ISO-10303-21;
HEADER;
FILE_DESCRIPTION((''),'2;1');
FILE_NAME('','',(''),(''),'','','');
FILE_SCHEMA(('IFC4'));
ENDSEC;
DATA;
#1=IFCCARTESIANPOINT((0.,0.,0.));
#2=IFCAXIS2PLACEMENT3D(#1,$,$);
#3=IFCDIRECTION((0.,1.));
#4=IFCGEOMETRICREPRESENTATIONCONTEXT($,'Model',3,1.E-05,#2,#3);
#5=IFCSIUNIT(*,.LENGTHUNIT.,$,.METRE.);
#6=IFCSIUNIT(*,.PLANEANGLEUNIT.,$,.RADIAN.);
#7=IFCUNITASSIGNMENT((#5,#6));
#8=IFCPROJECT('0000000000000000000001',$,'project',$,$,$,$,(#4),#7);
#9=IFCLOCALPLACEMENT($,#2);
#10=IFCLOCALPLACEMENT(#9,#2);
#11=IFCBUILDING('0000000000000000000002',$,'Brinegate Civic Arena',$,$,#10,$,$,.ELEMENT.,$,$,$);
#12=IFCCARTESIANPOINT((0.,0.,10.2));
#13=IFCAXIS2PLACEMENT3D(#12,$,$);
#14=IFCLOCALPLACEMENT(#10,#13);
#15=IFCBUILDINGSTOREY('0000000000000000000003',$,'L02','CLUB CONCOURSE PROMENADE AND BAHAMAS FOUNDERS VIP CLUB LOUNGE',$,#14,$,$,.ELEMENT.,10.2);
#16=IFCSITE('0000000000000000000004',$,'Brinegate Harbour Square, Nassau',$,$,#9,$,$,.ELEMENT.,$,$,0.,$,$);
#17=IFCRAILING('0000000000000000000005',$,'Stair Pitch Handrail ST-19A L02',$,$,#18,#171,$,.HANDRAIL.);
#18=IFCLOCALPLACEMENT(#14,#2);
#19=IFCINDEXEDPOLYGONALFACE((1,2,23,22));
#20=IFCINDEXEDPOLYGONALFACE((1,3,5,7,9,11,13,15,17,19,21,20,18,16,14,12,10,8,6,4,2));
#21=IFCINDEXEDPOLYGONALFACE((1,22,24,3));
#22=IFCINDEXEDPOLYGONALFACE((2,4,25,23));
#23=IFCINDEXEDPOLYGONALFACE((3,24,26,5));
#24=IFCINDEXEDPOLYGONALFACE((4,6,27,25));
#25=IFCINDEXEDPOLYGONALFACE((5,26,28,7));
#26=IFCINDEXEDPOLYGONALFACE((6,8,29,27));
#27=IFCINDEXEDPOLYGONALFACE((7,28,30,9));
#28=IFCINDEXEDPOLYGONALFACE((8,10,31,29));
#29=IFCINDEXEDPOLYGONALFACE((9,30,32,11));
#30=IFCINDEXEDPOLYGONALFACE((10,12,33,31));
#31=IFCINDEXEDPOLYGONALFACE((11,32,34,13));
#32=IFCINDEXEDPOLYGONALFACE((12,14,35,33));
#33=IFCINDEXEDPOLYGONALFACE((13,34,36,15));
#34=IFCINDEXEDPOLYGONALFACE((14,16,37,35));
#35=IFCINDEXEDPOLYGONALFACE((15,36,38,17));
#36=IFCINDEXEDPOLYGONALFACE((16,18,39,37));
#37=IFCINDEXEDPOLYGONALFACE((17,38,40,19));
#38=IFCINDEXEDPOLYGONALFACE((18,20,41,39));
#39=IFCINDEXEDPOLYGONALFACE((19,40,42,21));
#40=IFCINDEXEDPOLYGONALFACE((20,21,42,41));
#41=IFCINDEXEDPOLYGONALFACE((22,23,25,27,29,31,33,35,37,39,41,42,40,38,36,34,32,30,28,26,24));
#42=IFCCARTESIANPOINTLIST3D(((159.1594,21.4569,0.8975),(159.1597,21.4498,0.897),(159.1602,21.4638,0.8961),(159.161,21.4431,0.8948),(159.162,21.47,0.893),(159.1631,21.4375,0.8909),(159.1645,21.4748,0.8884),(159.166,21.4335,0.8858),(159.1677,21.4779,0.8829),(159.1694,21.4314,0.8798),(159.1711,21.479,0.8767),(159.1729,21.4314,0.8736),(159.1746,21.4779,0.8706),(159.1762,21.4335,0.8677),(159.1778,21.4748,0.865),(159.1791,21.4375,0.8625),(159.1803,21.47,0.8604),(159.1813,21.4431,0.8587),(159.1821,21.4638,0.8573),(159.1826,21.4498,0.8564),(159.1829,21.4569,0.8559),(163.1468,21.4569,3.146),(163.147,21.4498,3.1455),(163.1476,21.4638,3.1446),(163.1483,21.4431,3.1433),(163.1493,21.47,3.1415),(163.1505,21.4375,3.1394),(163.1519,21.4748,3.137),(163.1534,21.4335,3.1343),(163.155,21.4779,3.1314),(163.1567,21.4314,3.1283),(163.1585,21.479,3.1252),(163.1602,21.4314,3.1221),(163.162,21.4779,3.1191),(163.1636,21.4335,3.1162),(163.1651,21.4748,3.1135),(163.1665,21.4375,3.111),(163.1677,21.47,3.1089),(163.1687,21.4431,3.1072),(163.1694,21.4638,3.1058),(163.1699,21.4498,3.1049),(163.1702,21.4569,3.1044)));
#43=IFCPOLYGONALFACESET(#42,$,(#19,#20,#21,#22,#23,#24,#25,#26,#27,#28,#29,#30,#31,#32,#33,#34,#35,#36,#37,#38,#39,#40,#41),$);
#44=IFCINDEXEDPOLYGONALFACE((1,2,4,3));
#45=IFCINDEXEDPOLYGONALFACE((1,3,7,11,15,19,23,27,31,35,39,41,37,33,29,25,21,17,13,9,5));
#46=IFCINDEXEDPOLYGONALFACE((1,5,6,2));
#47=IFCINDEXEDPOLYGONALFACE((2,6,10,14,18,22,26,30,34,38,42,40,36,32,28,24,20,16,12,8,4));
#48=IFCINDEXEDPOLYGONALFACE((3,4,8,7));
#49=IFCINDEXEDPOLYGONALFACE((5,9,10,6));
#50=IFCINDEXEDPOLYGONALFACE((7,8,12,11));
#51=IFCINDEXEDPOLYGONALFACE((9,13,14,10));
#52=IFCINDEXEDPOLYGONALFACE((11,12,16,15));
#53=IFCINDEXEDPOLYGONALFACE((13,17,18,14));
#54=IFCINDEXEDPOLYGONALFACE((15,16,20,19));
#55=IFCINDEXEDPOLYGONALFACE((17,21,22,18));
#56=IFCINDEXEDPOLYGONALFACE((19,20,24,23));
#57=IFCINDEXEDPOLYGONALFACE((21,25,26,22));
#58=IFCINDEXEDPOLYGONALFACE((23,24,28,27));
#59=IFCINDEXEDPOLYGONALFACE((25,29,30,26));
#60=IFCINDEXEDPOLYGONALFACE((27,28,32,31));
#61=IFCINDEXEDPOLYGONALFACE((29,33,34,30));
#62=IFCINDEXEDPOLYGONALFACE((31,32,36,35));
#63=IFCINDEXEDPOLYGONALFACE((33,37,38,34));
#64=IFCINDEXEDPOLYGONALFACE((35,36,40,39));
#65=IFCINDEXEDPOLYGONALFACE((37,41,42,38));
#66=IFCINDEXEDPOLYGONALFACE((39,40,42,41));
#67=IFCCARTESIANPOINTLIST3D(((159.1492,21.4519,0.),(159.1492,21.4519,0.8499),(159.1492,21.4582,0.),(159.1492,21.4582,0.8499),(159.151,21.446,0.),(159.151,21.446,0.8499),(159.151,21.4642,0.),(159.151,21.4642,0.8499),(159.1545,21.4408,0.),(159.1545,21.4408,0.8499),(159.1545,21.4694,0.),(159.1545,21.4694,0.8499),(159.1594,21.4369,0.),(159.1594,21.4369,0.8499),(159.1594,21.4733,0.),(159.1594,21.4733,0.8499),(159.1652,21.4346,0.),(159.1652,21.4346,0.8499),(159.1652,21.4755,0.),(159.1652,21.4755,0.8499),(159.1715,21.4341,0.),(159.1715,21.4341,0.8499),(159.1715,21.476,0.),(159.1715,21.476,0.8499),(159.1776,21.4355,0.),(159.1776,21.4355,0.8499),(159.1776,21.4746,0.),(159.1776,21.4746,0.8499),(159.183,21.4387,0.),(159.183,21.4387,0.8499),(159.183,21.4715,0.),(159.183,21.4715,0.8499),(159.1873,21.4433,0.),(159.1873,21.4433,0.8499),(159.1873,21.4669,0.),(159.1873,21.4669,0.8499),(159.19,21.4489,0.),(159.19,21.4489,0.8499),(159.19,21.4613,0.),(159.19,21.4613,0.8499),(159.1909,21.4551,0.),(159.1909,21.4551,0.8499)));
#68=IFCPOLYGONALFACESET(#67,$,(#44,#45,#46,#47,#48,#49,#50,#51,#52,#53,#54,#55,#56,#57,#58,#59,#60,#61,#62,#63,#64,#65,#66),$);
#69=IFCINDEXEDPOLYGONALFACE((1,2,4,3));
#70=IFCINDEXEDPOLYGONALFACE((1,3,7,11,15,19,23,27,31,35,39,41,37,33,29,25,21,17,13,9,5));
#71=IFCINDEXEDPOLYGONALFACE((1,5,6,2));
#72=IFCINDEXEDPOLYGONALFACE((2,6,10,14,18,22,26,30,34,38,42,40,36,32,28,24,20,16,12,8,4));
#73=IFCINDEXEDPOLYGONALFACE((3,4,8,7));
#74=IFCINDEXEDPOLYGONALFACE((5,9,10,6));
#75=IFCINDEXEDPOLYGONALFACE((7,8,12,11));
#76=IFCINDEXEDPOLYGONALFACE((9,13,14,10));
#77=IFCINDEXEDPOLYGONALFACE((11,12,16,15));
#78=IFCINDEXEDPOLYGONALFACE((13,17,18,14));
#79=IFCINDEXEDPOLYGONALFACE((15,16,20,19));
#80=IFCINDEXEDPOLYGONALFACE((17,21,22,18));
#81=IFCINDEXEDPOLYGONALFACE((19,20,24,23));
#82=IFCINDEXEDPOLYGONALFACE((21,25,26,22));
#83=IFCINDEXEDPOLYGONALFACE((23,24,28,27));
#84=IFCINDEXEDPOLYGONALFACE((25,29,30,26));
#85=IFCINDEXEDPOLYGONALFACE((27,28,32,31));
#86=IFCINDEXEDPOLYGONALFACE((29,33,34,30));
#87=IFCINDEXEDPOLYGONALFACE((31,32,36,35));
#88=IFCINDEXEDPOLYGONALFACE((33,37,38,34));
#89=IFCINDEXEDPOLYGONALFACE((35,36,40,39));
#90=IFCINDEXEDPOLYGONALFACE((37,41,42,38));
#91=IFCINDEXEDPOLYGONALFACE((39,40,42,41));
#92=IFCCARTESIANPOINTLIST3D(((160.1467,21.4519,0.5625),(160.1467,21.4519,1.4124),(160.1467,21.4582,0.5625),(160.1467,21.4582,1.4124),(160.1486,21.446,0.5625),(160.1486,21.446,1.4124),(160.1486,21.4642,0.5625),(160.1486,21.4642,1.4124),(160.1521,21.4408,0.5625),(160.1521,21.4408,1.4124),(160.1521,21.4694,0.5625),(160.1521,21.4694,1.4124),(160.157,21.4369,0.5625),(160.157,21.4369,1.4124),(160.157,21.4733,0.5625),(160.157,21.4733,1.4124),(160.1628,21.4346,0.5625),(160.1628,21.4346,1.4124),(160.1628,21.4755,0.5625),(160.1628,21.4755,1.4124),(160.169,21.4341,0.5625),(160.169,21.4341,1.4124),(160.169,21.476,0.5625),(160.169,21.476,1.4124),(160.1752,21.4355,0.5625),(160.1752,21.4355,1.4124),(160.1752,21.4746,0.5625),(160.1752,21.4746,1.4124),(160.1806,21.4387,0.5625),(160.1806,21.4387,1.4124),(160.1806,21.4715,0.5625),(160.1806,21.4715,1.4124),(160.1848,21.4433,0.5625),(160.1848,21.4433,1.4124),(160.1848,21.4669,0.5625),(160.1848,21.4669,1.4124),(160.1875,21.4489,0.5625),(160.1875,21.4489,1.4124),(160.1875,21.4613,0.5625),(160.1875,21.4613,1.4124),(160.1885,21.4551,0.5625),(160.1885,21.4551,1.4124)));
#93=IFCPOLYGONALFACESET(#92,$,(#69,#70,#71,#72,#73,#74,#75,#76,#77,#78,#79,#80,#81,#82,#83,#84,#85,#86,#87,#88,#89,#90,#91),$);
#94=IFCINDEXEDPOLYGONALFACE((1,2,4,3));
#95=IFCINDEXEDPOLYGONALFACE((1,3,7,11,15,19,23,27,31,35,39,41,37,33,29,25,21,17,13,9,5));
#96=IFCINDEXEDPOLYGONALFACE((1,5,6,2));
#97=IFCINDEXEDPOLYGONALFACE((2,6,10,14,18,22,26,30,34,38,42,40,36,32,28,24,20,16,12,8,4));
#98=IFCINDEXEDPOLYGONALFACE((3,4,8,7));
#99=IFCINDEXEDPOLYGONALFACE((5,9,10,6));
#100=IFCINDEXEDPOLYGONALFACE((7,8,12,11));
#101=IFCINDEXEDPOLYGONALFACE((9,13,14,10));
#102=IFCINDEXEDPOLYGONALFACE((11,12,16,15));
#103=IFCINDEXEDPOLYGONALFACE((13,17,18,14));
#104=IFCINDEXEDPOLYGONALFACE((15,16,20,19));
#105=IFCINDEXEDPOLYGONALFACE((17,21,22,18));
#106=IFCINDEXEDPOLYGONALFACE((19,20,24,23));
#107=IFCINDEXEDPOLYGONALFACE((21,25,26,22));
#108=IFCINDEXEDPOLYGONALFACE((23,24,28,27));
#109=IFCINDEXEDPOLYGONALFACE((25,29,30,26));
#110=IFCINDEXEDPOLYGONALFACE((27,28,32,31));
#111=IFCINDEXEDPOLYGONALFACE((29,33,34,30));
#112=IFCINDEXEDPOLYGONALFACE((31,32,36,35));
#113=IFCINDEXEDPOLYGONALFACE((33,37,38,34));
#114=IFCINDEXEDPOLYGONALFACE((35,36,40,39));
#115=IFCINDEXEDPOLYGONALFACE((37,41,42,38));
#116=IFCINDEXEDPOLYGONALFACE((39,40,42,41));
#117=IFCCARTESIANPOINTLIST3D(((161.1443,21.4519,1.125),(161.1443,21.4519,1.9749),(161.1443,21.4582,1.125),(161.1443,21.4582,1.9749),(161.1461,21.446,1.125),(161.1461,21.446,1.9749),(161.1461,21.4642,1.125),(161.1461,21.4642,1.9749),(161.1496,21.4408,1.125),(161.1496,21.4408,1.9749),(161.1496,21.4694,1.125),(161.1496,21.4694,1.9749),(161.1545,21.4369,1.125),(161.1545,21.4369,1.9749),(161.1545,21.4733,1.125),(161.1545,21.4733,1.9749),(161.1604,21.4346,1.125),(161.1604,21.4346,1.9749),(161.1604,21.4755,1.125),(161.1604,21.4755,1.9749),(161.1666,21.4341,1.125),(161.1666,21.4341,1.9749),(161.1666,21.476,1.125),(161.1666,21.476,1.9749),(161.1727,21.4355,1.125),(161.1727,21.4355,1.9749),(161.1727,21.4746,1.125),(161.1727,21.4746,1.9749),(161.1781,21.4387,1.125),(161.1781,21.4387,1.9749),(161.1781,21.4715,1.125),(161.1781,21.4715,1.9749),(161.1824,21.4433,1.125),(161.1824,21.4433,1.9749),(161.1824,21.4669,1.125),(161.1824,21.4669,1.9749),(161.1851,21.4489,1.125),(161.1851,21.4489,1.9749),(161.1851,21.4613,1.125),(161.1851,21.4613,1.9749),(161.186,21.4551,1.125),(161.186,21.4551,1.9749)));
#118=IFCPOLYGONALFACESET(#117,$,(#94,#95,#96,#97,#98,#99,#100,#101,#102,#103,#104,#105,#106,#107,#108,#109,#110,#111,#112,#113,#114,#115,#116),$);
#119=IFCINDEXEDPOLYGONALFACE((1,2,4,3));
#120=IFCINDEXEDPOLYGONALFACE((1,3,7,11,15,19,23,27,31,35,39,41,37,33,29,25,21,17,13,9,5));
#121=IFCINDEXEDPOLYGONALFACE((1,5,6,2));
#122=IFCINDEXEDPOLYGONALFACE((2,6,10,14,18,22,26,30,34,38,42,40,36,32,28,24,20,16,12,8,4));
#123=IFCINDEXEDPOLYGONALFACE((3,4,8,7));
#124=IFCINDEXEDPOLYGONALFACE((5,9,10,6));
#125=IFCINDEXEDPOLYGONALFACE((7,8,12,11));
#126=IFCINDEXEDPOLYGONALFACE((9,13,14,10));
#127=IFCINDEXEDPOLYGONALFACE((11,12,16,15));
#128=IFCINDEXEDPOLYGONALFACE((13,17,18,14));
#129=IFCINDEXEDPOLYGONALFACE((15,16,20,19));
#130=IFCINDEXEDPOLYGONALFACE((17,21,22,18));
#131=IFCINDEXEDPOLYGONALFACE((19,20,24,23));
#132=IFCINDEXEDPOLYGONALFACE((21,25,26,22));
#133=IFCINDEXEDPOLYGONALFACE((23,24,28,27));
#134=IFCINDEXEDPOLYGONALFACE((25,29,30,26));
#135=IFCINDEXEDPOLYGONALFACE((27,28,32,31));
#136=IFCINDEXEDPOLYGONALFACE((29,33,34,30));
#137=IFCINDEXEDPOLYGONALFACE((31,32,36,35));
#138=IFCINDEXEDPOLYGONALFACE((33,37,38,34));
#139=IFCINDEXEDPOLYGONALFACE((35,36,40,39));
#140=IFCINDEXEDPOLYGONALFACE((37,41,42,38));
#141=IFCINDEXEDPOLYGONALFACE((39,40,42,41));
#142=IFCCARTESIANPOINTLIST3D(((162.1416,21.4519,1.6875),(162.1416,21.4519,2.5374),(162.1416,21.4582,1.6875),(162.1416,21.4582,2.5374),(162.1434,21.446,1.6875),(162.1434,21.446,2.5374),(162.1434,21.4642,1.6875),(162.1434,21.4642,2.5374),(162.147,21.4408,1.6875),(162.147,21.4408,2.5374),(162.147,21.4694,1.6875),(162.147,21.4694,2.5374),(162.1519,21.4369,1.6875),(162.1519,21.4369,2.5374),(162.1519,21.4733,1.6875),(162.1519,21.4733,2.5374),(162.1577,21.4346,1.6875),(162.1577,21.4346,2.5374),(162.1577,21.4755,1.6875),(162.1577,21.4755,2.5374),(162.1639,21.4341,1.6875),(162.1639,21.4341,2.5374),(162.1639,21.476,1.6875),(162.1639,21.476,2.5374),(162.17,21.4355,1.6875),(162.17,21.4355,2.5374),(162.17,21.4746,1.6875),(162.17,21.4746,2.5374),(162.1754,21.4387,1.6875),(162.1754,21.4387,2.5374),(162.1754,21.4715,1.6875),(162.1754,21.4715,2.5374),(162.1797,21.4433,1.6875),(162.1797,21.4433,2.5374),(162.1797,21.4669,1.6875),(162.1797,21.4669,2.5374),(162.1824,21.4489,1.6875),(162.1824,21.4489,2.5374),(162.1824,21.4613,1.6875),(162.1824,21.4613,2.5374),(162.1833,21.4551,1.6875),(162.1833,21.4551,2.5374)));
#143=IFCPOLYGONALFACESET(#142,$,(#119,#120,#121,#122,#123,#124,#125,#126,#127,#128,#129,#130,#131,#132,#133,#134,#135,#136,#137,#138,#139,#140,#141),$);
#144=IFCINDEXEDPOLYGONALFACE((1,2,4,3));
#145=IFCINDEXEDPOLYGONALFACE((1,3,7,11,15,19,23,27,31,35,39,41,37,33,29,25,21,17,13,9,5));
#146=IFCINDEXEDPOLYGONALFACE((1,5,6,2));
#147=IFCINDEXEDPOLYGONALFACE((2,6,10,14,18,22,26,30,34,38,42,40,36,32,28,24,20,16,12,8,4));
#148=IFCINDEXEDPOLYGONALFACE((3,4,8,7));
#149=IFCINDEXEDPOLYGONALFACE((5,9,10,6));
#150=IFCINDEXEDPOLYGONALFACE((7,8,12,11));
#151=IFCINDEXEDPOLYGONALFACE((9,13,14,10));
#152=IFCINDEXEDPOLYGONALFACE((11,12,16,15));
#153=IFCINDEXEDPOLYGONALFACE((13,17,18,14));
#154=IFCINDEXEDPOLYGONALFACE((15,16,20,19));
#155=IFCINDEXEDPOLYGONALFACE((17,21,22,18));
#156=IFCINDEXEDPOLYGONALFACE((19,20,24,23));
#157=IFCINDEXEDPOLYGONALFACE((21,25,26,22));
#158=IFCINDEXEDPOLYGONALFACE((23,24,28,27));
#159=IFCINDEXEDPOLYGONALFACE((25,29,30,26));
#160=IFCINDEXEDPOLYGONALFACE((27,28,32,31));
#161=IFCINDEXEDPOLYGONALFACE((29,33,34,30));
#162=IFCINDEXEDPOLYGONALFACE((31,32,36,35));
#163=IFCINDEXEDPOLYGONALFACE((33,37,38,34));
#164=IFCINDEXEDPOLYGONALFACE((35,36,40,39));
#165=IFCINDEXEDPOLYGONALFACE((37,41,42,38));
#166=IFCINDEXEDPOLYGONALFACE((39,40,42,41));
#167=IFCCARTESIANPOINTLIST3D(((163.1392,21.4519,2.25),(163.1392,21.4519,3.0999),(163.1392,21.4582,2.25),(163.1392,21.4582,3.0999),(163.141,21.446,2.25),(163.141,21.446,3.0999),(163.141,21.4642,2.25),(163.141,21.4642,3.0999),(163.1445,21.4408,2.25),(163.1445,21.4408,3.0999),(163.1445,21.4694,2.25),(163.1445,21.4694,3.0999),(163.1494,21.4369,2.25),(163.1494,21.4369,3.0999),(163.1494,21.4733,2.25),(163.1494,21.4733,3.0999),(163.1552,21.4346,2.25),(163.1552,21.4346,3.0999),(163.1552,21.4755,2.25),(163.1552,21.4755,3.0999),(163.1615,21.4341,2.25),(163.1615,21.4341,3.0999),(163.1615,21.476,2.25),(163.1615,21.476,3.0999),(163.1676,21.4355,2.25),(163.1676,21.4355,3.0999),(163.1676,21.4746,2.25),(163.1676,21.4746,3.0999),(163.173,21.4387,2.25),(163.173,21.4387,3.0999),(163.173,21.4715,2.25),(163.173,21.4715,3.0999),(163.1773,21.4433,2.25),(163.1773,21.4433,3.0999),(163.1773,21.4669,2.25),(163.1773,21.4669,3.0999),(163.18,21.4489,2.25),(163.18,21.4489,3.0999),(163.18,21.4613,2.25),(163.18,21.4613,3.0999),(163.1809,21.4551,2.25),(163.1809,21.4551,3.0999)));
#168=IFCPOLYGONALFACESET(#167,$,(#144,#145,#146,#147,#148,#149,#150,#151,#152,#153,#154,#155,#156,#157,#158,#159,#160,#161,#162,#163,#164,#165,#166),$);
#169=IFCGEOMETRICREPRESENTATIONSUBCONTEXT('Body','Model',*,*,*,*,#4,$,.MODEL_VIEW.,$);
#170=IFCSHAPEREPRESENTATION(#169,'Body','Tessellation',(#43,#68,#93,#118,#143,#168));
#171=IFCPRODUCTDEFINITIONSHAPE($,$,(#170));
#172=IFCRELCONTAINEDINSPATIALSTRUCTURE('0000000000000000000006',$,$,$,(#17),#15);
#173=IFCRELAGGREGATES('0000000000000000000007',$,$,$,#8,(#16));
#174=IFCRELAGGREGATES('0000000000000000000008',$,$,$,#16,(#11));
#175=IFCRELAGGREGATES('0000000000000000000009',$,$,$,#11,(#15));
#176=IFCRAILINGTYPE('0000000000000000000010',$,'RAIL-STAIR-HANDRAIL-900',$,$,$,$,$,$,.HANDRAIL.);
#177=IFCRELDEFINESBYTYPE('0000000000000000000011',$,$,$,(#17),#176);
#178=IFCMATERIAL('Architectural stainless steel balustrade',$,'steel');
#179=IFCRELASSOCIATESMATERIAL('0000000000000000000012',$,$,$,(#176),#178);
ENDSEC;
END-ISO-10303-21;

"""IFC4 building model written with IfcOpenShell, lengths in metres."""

from ifc_helpers import new_model, si_unit, direction, frame, origin, origin_2d, place, context, subcontext, project, spatial, circle, extrude, material, type_object, element, save


model = new_model("IFC4")

# Units and contexts
model_context = context("Model", 3, precision=1e-05, world=origin(), true_north=direction((0.0, 1.0)))
body_context = subcontext(model_context, "Body", "Model", "MODEL_VIEW")
ifc_project = project(units=[si_unit("LENGTHUNIT", "METRE"), si_unit("PLANEANGLEUNIT", "RADIAN")], contexts=[model_context])

# Site, building, storey
site_placement = place(None, origin())
site = spatial("IfcSite", under=ifc_project, at=site_placement, Name="Brinegate Harbour Square, Nassau", CompositionType="ELEMENT", RefElevation=0.0)
building_placement = place(site_placement, origin())
building = spatial("IfcBuilding", under=site, at=building_placement, Name="Brinegate Civic Arena", CompositionType="ELEMENT")
storey_placement = place(building_placement, frame((0.0, 0.0, 10.2)))
storey = spatial("IfcBuildingStorey", under=building, at=storey_placement, Name="L02", Description="CLUB CONCOURSE PROMENADE AND BAHAMAS FOUNDERS VIP CLUB LOUNGE", CompositionType="ELEMENT", Elevation=10.2)

# Railing
ifc_material_1 = material(Name="Architectural stainless steel balustrade", Category="steel")
railing_type_1 = type_object("IfcRailingType", Name="RAIL-STAIR-HANDRAIL-900", PredefinedType="HANDRAIL", material=ifc_material_1)
for number, where, name in (
    (1, (159.1699, 21.4551, 0.0), "Stair Pitch Handrail ST-19A L02"),
):
    element("IfcRailing", number, at=place(storey_placement, frame(where)), inside=storey, type_object=railing_type_1, Name=name, PredefinedType="HANDRAIL", context=body_context, shape_type="SweptSolid", body=[
        extrude(circle(Radius=0.0239, at=origin_2d()), frame((0.0012, 0.0, 0.8767), z_axis=(0.87105, 0.0, 0.491195), x_axis=(0.0, 1.0, 0.0)), (0.0, 0.0, 1.0), 4.5776),
        extrude(circle(Radius=0.021, at=origin_2d()), origin(), (0.0, 0.0, 1.0), 0.8499),
        extrude(circle(Radius=0.021, at=origin_2d()), frame((0.9976, 0.0, 0.5625)), (0.0, 0.0, 1.0), 0.8499),
        extrude(circle(Radius=0.021, at=origin_2d()), frame((1.9951, 0.0, 1.125)), (0.0, 0.0, 1.0), 0.8499),
        extrude(circle(Radius=0.021, at=origin_2d()), frame((2.9924, 0.0, 1.6875)), (0.0, 0.0, 1.0), 0.8499),
        extrude(circle(Radius=0.021, at=origin_2d()), frame((3.99, 0.0, 2.25)), (0.0, 0.0, 1.0), 0.8499),
    ])

save(model, "model.ifc")
